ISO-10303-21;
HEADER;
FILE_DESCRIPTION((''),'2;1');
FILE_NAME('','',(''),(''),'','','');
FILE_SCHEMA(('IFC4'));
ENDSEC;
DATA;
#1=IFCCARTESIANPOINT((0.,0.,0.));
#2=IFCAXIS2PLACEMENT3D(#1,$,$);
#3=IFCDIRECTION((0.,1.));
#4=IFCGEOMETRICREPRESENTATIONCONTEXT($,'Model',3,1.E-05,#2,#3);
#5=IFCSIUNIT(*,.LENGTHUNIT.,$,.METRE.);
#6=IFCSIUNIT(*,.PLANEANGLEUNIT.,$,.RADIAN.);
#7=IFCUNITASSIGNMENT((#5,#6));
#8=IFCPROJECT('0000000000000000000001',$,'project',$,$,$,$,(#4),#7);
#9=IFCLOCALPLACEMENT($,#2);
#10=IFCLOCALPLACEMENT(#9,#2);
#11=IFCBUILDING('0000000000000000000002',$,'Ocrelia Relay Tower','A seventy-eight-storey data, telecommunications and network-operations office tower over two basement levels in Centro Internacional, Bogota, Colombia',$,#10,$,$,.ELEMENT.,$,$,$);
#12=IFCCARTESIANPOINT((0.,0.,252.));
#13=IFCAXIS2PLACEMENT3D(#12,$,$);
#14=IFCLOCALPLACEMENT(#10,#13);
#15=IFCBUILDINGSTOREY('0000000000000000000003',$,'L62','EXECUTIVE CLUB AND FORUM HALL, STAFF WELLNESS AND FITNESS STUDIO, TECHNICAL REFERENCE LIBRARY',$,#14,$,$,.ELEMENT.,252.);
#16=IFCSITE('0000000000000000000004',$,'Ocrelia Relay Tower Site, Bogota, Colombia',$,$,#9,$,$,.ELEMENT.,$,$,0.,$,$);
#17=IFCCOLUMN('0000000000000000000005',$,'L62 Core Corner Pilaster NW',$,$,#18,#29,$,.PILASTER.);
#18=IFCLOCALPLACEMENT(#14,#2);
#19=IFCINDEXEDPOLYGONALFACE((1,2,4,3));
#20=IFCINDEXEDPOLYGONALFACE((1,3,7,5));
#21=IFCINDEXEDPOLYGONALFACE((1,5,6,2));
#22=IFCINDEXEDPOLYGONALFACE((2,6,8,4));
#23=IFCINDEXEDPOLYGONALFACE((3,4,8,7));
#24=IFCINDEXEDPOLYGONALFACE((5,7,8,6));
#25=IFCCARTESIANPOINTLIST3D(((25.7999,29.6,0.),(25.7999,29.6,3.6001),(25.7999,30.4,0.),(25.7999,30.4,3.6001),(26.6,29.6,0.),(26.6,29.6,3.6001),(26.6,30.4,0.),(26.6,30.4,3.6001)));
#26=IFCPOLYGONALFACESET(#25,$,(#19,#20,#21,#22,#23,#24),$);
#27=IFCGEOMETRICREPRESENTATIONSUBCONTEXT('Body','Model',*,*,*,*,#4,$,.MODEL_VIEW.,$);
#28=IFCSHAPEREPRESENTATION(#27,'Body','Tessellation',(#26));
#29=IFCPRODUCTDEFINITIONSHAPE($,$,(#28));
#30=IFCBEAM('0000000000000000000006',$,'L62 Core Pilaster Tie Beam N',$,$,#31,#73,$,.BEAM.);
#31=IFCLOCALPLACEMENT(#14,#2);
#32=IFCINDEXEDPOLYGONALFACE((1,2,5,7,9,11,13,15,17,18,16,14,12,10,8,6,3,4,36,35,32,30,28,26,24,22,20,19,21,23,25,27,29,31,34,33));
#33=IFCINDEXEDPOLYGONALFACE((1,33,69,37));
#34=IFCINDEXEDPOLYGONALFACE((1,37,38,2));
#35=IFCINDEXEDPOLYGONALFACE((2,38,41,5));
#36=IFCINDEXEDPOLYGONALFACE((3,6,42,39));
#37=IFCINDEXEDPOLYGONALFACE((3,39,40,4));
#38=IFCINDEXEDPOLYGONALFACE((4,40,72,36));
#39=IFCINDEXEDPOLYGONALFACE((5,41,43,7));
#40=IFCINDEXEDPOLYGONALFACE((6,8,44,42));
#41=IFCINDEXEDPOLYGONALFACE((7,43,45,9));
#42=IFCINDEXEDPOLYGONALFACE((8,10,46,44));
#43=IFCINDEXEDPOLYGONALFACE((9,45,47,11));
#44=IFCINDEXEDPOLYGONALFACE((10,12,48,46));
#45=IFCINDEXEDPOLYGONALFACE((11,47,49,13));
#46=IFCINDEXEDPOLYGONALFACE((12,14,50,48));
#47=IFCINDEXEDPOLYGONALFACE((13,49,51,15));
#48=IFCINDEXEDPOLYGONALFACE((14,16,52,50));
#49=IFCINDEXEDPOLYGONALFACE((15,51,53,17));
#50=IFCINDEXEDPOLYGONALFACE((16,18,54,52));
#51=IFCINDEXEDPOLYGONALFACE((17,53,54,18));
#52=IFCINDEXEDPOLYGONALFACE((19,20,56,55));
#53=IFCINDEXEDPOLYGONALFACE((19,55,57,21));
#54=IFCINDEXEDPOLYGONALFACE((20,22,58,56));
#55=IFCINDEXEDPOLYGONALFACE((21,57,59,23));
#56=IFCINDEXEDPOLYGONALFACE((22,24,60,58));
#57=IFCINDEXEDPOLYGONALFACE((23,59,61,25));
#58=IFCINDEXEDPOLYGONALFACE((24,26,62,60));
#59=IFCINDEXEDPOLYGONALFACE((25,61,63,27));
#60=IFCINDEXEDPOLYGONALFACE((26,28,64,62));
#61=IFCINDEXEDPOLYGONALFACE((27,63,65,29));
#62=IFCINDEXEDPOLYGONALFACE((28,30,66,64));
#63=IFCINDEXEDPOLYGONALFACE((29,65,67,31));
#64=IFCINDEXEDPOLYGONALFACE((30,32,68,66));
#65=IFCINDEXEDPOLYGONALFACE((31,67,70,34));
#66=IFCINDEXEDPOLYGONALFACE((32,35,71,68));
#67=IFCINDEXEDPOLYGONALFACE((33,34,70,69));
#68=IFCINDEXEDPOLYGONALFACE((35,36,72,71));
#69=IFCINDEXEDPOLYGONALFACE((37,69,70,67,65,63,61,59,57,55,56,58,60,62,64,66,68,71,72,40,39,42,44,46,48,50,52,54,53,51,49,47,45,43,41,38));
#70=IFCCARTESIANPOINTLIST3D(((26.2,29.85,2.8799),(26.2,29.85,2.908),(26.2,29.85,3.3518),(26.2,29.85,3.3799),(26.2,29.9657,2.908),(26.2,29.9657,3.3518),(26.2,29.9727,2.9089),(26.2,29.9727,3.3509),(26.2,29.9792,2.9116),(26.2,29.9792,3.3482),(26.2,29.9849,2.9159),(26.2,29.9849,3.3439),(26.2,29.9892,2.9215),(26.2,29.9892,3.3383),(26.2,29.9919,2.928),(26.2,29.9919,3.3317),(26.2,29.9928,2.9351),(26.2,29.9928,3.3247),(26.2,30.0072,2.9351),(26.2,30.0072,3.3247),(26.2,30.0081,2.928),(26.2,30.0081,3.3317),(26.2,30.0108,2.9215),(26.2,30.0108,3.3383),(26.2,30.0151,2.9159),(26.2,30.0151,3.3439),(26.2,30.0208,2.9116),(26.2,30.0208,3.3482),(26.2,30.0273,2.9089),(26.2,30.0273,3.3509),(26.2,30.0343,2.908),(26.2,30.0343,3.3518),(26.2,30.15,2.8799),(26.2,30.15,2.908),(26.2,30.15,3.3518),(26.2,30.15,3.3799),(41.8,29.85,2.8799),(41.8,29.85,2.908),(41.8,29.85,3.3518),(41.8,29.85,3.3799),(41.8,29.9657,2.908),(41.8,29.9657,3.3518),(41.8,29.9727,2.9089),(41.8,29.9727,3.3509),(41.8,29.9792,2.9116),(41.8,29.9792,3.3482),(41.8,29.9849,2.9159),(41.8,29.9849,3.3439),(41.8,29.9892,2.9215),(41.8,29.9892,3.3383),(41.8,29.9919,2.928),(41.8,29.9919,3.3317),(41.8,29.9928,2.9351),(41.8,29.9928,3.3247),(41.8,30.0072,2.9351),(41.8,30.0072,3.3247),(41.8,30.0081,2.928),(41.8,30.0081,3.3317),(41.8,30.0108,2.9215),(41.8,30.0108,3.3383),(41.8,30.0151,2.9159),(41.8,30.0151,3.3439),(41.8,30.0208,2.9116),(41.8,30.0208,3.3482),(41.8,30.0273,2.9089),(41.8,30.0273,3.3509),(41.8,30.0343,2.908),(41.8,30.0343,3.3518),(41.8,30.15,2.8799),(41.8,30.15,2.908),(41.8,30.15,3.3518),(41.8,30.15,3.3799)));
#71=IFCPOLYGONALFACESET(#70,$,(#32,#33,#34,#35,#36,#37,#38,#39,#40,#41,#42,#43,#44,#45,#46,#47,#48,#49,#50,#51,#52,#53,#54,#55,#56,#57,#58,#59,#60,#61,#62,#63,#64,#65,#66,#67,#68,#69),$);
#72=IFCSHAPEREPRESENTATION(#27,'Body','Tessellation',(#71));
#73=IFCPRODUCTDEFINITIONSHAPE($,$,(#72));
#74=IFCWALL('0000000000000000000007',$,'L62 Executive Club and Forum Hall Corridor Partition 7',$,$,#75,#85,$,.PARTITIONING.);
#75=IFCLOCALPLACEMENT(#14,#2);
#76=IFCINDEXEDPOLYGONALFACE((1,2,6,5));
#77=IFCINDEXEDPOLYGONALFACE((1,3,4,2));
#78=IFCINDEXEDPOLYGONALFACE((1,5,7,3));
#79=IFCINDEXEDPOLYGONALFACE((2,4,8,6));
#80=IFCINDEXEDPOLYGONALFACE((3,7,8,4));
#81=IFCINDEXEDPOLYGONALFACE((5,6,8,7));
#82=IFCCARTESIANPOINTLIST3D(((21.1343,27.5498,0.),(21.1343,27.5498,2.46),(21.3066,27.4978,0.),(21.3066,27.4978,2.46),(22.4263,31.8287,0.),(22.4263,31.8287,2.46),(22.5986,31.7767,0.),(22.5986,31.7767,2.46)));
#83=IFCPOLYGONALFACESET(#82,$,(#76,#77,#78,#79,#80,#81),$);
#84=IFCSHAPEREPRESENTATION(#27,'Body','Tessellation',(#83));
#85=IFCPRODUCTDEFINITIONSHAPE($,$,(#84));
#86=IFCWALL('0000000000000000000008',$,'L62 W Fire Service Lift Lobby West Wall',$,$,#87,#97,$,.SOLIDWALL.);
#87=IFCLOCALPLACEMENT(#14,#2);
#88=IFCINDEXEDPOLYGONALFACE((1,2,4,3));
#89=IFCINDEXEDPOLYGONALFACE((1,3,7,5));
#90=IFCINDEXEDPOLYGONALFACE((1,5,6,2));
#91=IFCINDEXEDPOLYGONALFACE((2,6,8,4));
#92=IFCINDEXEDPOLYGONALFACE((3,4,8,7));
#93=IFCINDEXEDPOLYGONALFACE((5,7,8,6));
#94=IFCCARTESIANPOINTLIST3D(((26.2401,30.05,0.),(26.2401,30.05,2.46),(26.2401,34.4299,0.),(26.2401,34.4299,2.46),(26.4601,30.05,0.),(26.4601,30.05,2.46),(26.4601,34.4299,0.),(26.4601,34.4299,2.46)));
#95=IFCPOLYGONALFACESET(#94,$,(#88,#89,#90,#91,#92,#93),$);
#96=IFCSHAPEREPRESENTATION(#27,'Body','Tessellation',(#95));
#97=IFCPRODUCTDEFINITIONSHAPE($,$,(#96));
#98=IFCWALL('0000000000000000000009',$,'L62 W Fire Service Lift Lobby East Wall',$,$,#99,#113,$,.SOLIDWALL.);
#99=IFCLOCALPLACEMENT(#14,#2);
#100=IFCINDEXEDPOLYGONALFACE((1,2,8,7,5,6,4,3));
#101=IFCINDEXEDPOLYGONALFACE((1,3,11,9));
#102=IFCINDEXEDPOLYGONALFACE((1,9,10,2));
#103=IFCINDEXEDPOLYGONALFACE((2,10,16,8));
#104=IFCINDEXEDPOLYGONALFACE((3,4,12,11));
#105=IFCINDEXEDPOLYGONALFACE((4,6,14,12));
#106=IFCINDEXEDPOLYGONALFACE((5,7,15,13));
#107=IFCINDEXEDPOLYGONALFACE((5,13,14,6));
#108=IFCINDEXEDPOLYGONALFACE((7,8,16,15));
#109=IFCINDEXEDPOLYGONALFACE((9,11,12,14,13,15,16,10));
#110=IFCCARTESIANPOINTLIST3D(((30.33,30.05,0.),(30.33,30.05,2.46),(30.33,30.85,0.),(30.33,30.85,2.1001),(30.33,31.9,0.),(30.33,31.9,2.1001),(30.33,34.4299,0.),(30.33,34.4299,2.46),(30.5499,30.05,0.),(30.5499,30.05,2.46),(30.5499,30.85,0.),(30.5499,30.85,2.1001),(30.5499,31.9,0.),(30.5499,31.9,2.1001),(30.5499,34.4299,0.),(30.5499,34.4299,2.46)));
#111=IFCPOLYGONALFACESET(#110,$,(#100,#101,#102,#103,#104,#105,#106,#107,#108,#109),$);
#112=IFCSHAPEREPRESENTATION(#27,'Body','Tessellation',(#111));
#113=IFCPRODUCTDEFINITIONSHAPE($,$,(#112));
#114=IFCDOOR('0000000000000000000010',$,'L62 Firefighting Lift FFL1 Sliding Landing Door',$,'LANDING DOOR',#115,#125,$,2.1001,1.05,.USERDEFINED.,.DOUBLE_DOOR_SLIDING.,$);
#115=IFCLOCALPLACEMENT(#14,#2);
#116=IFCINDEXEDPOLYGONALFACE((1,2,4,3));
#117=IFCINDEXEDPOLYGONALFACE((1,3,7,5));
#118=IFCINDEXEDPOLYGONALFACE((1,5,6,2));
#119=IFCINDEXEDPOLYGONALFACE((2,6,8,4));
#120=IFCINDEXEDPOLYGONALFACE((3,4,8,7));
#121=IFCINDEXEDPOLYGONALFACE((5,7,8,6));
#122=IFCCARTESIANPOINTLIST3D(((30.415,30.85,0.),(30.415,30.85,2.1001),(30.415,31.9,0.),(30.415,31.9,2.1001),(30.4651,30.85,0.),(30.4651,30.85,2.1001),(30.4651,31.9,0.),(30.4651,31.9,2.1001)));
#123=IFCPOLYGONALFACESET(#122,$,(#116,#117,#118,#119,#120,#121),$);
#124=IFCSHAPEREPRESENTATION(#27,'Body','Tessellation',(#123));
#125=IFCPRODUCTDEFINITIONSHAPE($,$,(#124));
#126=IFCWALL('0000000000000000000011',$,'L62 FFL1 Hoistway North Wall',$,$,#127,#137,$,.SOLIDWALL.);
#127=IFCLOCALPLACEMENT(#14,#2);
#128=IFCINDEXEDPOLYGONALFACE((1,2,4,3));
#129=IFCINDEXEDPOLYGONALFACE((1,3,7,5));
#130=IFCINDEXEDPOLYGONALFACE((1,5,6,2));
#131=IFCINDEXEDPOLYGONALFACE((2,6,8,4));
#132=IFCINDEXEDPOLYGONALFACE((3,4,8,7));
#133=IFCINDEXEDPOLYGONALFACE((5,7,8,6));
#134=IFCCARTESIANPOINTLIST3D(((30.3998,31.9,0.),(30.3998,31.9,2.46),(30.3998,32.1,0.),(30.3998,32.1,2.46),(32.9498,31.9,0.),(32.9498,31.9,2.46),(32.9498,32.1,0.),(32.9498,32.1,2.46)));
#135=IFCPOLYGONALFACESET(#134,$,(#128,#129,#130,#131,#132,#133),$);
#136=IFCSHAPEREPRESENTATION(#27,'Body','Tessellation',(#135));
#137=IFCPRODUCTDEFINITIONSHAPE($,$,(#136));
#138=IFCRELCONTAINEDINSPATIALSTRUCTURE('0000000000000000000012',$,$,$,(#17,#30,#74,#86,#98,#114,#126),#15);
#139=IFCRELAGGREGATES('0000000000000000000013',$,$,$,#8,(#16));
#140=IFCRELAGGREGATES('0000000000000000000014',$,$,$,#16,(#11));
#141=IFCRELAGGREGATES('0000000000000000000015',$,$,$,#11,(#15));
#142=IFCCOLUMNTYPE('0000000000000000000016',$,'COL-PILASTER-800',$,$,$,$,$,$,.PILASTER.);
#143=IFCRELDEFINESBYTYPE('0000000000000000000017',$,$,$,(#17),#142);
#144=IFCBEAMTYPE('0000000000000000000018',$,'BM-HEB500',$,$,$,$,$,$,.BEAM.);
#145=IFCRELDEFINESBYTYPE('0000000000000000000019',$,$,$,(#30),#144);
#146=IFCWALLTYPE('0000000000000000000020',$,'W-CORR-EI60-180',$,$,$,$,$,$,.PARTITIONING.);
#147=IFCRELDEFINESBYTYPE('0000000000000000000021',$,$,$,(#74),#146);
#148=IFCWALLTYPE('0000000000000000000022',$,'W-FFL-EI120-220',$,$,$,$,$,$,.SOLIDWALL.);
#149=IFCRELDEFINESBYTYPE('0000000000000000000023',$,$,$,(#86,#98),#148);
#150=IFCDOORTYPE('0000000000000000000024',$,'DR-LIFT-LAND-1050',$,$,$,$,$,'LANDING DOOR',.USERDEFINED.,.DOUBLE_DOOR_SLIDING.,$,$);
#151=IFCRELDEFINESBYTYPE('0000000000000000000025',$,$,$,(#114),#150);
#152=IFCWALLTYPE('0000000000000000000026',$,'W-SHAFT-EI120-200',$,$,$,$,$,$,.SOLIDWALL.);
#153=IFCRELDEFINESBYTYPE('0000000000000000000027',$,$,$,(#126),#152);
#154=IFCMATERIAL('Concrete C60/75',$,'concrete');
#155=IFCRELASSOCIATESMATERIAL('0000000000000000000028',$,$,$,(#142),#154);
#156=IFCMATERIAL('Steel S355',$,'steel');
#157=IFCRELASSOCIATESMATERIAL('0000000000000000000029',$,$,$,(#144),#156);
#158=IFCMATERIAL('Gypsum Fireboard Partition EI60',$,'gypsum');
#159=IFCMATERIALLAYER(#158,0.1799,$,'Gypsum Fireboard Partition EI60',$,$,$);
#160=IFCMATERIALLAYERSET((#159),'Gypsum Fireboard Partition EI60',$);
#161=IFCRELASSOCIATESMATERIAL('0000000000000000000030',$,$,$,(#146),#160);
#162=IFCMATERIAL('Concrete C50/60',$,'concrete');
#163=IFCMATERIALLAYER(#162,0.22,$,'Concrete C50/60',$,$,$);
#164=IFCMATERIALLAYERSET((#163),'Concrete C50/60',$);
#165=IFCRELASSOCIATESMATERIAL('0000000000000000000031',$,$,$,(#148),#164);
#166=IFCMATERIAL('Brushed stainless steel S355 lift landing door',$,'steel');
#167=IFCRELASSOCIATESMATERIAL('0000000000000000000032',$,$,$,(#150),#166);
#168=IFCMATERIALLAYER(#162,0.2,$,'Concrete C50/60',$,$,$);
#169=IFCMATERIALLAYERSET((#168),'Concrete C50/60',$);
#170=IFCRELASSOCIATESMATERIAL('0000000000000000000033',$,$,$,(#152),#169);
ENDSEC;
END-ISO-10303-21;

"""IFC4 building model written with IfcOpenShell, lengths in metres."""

from ifc_helpers import new_model, si_unit, direction, frame, frame_2d, origin, origin_2d, place, context, subcontext, project, spatial, rectangle, i_section, extrude, material, layer, layer_set, material_profile, profile_set, type_object, element, fill, save


model = new_model("IFC4")

# Units and contexts
model_context = context("Model", 3, precision=1e-05, world=origin(), true_north=direction((0.0, 1.0)))
body_context = subcontext(model_context, "Body", "Model", "MODEL_VIEW")
ifc_project = project(units=[si_unit("LENGTHUNIT", "METRE"), si_unit("PLANEANGLEUNIT", "RADIAN")], contexts=[model_context])

# Site, building, storey
site_placement = place(None, origin())
site = spatial("IfcSite", under=ifc_project, at=site_placement, Name="Ocrelia Relay Tower Site, Bogota, Colombia", CompositionType="ELEMENT", RefElevation=0.0)
building_placement = place(site_placement, origin())
building = spatial("IfcBuilding", under=site, at=building_placement, Name="Ocrelia Relay Tower", Description="A seventy-eight-storey data, telecommunications and network-operations office tower over two basement levels in Centro Internacional, Bogota, Colombia", CompositionType="ELEMENT")
storey_placement = place(building_placement, frame((0.0, 0.0, 252.0)))
storey = spatial("IfcBuildingStorey", under=building, at=storey_placement, Name="L62", Description="EXECUTIVE CLUB AND FORUM HALL, STAFF WELLNESS AND FITNESS STUDIO, TECHNICAL REFERENCE LIBRARY", CompositionType="ELEMENT", Elevation=252.0)

# Column
ifc_material_1 = material(Name="Concrete C60/75", Category="concrete")
ifc_material_profile_1 = material_profile(ifc_material_1, rectangle(XDim=0.8, YDim=0.8, at=origin_2d()), Name="RC-COL-800x800")
ifc_profile_set_1 = profile_set([ifc_material_profile_1], Name="Concrete C60/75")
column_type = type_object("IfcColumnType", Name="COL-PILASTER-800", PredefinedType="PILASTER", material=ifc_profile_set_1)
column_placement = place(storey_placement, frame((26.2, 30.0, 0.0), z_axis=(0.0, 0.0, 1.0), x_axis=(1.0, 0.0, 0.0)))
element("IfcColumn", 1, at=column_placement, inside=storey, type_object=column_type, Name="L62 Core Corner Pilaster NW", PredefinedType="PILASTER", context=body_context, shape_type="SweptSolid", body=[
    extrude(rectangle(XDim=0.8, YDim=0.8, at=origin_2d()), origin(), (0.0, 0.0, 1.0), 3.6001),
])

# Beam
ifc_material_2 = material(Name="Steel S355", Category="steel")
ifc_material_profile_2 = material_profile(ifc_material_2, i_section(OverallWidth=0.3, OverallDepth=0.5, WebThickness=0.0144, FlangeThickness=0.0281, FilletRadius=0.0271, at=origin_2d()), Name="HEB 500")
ifc_profile_set_2 = profile_set([ifc_material_profile_2], Name="Steel S355")
beam_type = type_object("IfcBeamType", Name="BM-HEB500", PredefinedType="BEAM", material=ifc_profile_set_2)
beam_placement = place(storey_placement, frame((26.2, 30.0, 3.1299), z_axis=(1.0, 0.0, 0.0), x_axis=(0.0, 1.0, 0.0)))
element("IfcBeam", 2, at=beam_placement, inside=storey, type_object=beam_type, Name="L62 Core Pilaster Tie Beam N", PredefinedType="BEAM", context=body_context, shape_type="SweptSolid", body=[
    extrude(i_section(OverallWidth=0.3, OverallDepth=0.5, WebThickness=0.0144, FlangeThickness=0.0281, FilletRadius=0.0271, at=origin_2d()), origin(), (0.0, 0.0, 1.0), 15.6001),
])

# Shared definitions
ifc_material_3 = material(Name="Concrete C50/60", Category="concrete")

# Shared definitions
ifc_material_4 = material(Name="Gypsum Fireboard Partition EI60", Category="gypsum")
ifc_layer_1 = layer(ifc_material_4, 0.1799, Name="Gypsum Fireboard Partition EI60")
ifc_layer_set_1 = layer_set([ifc_layer_1], Name="Gypsum Fireboard Partition EI60")
wall_type_1 = type_object("IfcWallType", Name="W-CORR-EI60-180", PredefinedType="PARTITIONING", material=ifc_layer_set_1)

# Walls
wall_1_placement = place(storey_placement, frame((22.5125, 31.8027, 0.0), z_axis=(0.0, 0.0, 1.0), x_axis=(-0.289061, -0.957311, 0.0)))
element("IfcWall", 3, at=wall_1_placement, inside=storey, type_object=wall_type_1, Name="L62 Executive Club and Forum Hall Corridor Partition 7", PredefinedType="PARTITIONING", context=body_context, shape_type="SweptSolid", body=[
    extrude(rectangle(XDim=4.4697, YDim=0.1799, at=frame_2d((2.2349, 0.0))), origin(), (0.0, 0.0, 1.0), 2.46),
])
ifc_layer_2 = layer(ifc_material_3, 0.22, Name="Concrete C50/60")
ifc_layer_set_2 = layer_set([ifc_layer_2], Name="Concrete C50/60")
wall_type_2 = type_object("IfcWallType", Name="W-FFL-EI120-220", PredefinedType="SOLIDWALL", material=ifc_layer_set_2)
wall_2_placement = place(storey_placement, frame((26.3501, 30.05, 0.0), z_axis=(0.0, 0.0, 1.0), x_axis=(0.0, 1.0, 0.0)))
element("IfcWall", 4, at=wall_2_placement, inside=storey, type_object=wall_type_2, Name="L62 W Fire Service Lift Lobby West Wall", PredefinedType="SOLIDWALL", context=body_context, shape_type="SweptSolid", body=[
    extrude(rectangle(XDim=4.3799, YDim=0.22, at=frame_2d((2.1899, 0.0))), origin(), (0.0, 0.0, 1.0), 2.46),
])

# Wall, opening, door
wall_3_placement = place(storey_placement, frame((30.4399, 30.05, 0.0), z_axis=(0.0, 0.0, 1.0), x_axis=(0.0, 1.0, 0.0)))
wall_3 = element("IfcWall", 5, at=wall_3_placement, inside=storey, type_object=wall_type_2, Name="L62 W Fire Service Lift Lobby East Wall", PredefinedType="SOLIDWALL", context=body_context, shape_type="SweptSolid", body=[
    extrude(rectangle(XDim=4.3799, YDim=0.22, at=frame_2d((2.1899, 0.0))), origin(), (0.0, 0.0, 1.0), 2.46),
])
opening_1_placement = place(wall_3_placement, frame((0.8, 0.0, 0.0)))
opening_1 = element("IfcOpeningElement", 6, at=opening_1_placement, cuts=wall_3, PredefinedType="OPENING", context=body_context, shape_type="SweptSolid", body=[
    extrude(rectangle(XDim=1.05, YDim=2.1001, at=frame_2d((0.5249, 1.05))), frame((0.0, 0.1201, 0.0), z_axis=(0.0, -1.0, 0.0), x_axis=(1.0, 0.0, 0.0)), (0.0, 0.0, 1.0), 0.24),
])
ifc_material_5 = material(Name="Brushed stainless steel S355 lift landing door", Category="steel")
door_type_1 = type_object("IfcDoorType", Name="DR-LIFT-LAND-1050", ElementType="LANDING DOOR", OperationType="DOUBLE_DOOR_SLIDING", PredefinedType="USERDEFINED", material=ifc_material_5)
door_1_placement = place(opening_1_placement, origin())
door_1 = element("IfcDoor", 7, at=door_1_placement, inside=storey, type_object=door_type_1, Name="L62 Firefighting Lift FFL1 Sliding Landing Door", ObjectType="LANDING DOOR", OperationType="DOUBLE_DOOR_SLIDING", OverallHeight=2.1001, OverallWidth=1.05, PredefinedType="USERDEFINED", context=body_context, shape_type="SweptSolid", body=[
    extrude(rectangle(XDim=1.05, YDim=2.1001, at=frame_2d((0.5249, 1.05))), frame((0.0, 0.0249, 0.0), z_axis=(0.0, -1.0, 0.0), x_axis=(1.0, 0.0, 0.0)), (0.0, 0.0, 1.0), 0.05),
])
fill(opening_1, door_1)

# Wall
ifc_layer_3 = layer(ifc_material_3, 0.2, Name="Concrete C50/60")
ifc_layer_set_3 = layer_set([ifc_layer_3], Name="Concrete C50/60")
wall_type_3 = type_object("IfcWallType", Name="W-SHAFT-EI120-200", PredefinedType="SOLIDWALL", material=ifc_layer_set_3)
wall_4_placement = place(storey_placement, frame((30.3999, 32.0, 0.0), z_axis=(0.0, 0.0, 1.0), x_axis=(1.0, 0.0, 0.0)))
element("IfcWall", 8, at=wall_4_placement, inside=storey, type_object=wall_type_3, Name="L62 FFL1 Hoistway North Wall", PredefinedType="SOLIDWALL", context=body_context, shape_type="SweptSolid", body=[
    extrude(rectangle(XDim=2.55, YDim=0.2, at=frame_2d((1.2749, 0.0))), origin(), (0.0, 0.0, 1.0), 2.46),
])

save(model, "model.ifc")
